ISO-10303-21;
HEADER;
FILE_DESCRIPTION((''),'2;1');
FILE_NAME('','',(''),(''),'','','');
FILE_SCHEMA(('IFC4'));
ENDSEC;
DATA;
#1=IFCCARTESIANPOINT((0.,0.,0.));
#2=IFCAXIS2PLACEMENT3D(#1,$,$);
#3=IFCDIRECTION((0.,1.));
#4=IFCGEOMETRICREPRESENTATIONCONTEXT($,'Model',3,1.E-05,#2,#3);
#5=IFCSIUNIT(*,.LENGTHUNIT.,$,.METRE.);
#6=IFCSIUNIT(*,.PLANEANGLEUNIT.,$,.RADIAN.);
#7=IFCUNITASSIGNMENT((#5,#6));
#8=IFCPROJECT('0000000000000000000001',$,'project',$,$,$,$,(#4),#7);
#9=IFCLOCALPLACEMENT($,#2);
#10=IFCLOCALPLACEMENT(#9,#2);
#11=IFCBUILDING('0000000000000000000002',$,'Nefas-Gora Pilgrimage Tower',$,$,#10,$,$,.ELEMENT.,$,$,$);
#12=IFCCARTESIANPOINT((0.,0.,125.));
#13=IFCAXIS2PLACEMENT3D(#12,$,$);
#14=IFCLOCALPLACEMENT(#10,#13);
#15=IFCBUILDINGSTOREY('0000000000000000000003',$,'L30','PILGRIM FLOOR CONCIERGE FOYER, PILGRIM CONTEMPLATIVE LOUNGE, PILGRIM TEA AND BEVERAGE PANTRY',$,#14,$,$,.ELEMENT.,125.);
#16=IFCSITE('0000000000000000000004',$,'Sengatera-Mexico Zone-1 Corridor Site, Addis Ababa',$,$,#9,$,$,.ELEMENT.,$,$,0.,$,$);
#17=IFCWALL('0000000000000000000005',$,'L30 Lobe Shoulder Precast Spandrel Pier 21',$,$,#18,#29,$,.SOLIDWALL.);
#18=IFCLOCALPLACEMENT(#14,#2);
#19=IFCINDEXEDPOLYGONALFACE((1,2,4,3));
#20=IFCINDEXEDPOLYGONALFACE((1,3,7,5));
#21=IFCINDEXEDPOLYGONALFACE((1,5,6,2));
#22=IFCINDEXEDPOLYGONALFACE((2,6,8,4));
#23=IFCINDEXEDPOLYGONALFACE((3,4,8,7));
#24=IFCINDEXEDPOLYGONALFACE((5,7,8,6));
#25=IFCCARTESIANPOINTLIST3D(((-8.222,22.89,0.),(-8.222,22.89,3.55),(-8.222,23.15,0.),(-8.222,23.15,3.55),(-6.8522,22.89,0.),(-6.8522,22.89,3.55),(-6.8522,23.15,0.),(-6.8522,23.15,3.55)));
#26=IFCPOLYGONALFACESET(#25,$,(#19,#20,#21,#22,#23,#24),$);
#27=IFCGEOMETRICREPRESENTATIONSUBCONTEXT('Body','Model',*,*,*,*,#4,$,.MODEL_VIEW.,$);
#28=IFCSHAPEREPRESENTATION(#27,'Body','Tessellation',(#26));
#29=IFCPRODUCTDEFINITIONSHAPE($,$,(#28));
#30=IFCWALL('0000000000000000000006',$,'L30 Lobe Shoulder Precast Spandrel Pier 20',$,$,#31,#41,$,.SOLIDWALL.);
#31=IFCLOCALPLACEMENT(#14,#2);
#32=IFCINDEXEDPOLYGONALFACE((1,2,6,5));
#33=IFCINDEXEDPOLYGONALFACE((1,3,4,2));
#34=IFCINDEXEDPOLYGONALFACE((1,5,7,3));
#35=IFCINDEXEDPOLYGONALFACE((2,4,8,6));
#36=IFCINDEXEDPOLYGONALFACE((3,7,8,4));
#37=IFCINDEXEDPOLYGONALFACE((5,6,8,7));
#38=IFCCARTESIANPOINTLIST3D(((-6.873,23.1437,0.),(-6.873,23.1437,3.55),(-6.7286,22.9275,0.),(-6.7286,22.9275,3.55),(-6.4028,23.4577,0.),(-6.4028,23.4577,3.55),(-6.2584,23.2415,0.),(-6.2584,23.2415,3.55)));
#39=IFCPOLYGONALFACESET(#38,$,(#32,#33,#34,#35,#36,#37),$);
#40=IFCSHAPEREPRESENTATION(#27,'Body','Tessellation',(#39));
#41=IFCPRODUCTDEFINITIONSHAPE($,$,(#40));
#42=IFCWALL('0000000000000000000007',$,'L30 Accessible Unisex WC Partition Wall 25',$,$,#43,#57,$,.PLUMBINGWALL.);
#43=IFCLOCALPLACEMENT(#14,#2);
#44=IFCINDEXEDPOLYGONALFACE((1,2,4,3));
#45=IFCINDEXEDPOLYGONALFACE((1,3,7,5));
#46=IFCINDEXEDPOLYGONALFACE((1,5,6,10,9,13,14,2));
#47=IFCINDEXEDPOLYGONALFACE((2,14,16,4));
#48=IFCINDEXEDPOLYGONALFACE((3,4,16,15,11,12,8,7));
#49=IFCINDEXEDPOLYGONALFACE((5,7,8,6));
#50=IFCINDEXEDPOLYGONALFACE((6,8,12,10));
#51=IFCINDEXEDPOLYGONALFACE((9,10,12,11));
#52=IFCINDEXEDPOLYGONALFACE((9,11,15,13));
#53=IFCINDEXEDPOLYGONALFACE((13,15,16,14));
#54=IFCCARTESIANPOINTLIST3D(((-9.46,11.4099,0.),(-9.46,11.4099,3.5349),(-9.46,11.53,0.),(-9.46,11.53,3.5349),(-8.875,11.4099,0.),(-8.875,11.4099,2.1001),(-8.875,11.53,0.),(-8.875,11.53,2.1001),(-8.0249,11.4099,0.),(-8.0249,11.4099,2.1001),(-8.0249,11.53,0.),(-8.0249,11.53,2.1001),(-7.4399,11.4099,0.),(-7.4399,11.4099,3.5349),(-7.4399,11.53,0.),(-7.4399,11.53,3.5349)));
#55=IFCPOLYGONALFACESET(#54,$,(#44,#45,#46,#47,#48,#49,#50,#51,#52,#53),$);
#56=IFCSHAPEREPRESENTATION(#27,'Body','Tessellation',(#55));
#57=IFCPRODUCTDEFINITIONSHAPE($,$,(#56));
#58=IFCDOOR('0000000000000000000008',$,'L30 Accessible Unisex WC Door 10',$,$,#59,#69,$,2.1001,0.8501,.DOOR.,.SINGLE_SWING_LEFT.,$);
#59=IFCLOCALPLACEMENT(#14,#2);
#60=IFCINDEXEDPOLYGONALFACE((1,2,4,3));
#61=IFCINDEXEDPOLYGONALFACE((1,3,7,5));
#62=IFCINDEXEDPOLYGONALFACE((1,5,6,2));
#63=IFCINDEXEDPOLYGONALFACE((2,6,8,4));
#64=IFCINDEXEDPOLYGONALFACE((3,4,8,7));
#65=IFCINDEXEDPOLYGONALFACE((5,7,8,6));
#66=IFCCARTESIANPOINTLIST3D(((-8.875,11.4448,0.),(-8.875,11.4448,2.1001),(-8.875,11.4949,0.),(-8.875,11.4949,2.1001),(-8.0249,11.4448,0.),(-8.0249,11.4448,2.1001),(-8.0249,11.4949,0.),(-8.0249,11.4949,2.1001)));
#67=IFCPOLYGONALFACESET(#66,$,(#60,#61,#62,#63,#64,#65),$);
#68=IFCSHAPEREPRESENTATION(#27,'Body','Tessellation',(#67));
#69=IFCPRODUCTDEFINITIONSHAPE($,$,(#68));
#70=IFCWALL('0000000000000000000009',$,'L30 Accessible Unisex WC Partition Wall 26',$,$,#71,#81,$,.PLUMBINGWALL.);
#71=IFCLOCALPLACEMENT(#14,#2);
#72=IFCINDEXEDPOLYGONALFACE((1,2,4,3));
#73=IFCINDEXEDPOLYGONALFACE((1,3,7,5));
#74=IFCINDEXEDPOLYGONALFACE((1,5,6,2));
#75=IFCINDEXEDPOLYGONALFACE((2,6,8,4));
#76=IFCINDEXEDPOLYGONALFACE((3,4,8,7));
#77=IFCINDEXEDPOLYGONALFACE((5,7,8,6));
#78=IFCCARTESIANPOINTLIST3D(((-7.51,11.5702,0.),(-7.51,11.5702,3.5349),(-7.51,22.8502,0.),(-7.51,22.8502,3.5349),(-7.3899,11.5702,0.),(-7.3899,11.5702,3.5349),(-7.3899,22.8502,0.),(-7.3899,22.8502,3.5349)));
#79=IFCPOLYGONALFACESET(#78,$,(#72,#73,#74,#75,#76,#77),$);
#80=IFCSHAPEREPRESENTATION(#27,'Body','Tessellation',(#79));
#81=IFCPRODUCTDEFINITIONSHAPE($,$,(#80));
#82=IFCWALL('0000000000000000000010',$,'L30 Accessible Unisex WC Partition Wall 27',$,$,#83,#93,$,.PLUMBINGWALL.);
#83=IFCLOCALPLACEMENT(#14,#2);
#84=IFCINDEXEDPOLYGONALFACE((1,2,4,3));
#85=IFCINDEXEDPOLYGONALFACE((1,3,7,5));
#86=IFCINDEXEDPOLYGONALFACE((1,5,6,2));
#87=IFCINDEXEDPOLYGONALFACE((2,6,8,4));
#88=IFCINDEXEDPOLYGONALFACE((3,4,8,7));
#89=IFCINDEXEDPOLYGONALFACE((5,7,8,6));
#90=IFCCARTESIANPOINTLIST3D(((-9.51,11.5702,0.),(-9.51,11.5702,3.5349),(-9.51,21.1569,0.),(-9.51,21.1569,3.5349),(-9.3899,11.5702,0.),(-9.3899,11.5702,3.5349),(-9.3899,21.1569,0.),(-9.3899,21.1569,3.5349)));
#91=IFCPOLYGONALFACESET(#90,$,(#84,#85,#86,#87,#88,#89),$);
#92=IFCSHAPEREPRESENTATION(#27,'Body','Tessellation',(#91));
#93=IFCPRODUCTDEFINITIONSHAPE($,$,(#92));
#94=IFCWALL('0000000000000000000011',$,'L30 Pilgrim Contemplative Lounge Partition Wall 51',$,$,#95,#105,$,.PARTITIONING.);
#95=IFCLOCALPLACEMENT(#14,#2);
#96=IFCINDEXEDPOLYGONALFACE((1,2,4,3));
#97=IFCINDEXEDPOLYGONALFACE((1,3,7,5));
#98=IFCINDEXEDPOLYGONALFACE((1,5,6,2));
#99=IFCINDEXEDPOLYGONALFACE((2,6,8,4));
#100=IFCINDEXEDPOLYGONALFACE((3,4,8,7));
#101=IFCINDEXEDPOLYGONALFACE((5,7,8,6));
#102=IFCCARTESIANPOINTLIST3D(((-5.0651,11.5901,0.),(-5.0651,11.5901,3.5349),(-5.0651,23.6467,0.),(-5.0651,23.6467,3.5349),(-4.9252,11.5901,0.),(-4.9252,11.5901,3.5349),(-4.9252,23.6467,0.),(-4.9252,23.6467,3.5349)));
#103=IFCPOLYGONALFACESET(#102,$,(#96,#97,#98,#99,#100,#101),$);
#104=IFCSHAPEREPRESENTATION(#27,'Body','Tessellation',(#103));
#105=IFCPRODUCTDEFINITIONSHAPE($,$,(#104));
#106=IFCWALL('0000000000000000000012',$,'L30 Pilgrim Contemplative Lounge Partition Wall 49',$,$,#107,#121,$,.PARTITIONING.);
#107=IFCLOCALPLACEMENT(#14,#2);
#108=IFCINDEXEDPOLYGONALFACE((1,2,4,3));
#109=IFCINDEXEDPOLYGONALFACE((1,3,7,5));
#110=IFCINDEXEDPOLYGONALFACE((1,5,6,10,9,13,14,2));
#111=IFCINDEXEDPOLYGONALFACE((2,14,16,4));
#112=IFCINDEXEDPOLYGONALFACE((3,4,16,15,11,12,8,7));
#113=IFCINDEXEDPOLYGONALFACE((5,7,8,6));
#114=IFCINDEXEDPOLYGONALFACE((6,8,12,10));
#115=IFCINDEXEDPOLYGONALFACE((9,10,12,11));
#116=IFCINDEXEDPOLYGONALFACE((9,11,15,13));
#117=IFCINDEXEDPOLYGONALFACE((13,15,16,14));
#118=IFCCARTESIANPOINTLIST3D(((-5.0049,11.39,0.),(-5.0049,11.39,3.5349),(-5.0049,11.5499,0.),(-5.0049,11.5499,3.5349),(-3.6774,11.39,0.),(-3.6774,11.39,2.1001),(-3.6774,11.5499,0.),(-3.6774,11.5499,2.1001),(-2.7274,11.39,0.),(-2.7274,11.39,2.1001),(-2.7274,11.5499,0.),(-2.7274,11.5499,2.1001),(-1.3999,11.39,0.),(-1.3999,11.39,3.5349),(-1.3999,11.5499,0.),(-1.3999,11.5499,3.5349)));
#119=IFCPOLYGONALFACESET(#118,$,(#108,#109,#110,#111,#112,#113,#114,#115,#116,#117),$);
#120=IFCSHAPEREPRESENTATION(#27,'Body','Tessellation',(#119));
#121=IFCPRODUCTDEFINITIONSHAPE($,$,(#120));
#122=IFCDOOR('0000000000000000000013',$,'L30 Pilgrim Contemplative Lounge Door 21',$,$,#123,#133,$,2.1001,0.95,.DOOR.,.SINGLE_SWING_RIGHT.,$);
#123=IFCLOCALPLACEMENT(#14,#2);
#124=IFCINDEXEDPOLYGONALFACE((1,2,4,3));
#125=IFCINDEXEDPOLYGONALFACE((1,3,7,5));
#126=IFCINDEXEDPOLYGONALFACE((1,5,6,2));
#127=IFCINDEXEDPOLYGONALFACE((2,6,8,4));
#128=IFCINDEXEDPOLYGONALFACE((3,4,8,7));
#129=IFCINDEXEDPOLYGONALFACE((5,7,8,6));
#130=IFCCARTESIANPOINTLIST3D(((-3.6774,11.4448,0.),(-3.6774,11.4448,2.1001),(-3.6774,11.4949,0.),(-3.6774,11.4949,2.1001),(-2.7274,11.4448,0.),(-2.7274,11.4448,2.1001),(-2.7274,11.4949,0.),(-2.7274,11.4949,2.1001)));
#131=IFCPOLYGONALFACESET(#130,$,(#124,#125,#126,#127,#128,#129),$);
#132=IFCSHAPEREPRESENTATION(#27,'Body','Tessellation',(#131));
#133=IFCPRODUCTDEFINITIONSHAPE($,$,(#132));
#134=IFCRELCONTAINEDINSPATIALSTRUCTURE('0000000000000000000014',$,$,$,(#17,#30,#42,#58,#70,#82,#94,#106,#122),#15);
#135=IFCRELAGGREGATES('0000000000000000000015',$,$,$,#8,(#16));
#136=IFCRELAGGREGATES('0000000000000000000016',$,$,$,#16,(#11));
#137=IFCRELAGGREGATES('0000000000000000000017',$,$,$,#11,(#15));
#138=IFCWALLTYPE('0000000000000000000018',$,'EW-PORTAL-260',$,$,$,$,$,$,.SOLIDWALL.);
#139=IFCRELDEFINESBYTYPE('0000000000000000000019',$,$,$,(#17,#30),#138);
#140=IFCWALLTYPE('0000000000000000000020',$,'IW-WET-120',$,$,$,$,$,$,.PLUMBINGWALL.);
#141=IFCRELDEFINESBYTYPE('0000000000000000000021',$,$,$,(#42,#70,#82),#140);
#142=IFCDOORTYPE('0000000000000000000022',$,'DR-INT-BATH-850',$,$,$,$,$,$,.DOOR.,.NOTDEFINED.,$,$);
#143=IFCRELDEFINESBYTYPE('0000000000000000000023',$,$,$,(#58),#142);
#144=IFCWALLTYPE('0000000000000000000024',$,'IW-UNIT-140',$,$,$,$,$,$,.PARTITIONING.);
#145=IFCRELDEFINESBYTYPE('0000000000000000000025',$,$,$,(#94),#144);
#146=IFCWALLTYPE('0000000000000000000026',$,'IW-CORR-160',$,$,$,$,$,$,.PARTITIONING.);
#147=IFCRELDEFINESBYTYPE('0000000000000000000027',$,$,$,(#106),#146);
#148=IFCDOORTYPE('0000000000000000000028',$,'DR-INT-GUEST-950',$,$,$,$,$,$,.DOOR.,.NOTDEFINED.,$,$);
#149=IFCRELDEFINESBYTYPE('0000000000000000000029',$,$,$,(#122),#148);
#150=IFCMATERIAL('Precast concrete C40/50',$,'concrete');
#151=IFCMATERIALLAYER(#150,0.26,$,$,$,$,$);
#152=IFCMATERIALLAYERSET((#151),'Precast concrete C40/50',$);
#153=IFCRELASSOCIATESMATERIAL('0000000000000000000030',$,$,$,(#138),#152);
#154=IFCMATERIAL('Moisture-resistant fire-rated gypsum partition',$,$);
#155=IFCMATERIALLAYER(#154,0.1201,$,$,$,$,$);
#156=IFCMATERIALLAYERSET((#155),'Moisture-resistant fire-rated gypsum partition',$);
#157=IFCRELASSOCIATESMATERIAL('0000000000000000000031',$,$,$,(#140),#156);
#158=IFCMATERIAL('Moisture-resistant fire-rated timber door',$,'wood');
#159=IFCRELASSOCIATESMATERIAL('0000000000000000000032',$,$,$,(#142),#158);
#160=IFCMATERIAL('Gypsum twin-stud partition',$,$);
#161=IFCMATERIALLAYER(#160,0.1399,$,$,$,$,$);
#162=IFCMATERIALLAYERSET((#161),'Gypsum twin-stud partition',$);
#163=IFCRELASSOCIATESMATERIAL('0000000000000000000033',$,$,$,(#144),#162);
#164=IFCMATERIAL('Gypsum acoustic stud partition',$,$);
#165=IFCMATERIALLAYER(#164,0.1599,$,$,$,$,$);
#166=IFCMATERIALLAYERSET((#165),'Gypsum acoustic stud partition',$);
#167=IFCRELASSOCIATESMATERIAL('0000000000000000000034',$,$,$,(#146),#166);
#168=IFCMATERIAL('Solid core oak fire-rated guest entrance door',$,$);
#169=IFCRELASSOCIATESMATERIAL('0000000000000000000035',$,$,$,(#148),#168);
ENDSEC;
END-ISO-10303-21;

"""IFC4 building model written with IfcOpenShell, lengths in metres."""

from ifc_helpers import new_model, si_unit, direction, frame, frame_2d, origin, place, context, subcontext, project, spatial, rectangle, extrude, source, transform, mapped, material, layer, layer_set, type_object, element, fill, save


model = new_model("IFC4")

# Units and contexts
model_context = context("Model", 3, precision=1e-05, world=origin(), true_north=direction((0.0, 1.0)))
body_context = subcontext(model_context, "Body", "Model", "MODEL_VIEW")
ifc_project = project(units=[si_unit("LENGTHUNIT", "METRE"), si_unit("PLANEANGLEUNIT", "RADIAN")], contexts=[model_context])

# Site, building, storey
site_placement = place(None, origin())
site = spatial("IfcSite", under=ifc_project, at=site_placement, Name="Sengatera-Mexico Zone-1 Corridor Site, Addis Ababa", CompositionType="ELEMENT", RefElevation=0.0)
building_placement = place(site_placement, origin())
building = spatial("IfcBuilding", under=site, at=building_placement, Name="Nefas-Gora Pilgrimage Tower", CompositionType="ELEMENT")
storey_placement = place(building_placement, frame((0.0, 0.0, 125.0)))
storey = spatial("IfcBuildingStorey", under=building, at=storey_placement, Name="L30", Description="PILGRIM FLOOR CONCIERGE FOYER, PILGRIM CONTEMPLATIVE LOUNGE, PILGRIM TEA AND BEVERAGE PANTRY", CompositionType="ELEMENT", Elevation=125.0)

# Walls
ifc_material_1 = material(Name="Precast concrete C40/50", Category="concrete")
ifc_layer_1 = layer(ifc_material_1, 0.26)
ifc_layer_set_1 = layer_set([ifc_layer_1], Name="Precast concrete C40/50")
wall_type_1 = type_object("IfcWallType", Name="EW-PORTAL-260", PredefinedType="SOLIDWALL", material=ifc_layer_set_1)
shared_shape_1 = source(origin(), body_context, "Body", "SweptSolid", [
    extrude(rectangle(XDim=1.3699, YDim=0.26, at=frame_2d((0.6851, 0.0))), origin(), (0.0, 0.0, 1.0), 3.55),
])
wall_1_placement = place(storey_placement, frame((-6.8521, 23.02, 0.0), z_axis=(0.0, 0.0, 1.0), x_axis=(-1.0, 0.0, 0.0)))
element("IfcWall", 1, at=wall_1_placement, inside=storey, type_object=wall_type_1, Name="L30 Lobe Shoulder Precast Spandrel Pier 21", PredefinedType="SOLIDWALL", context=body_context, shape_type="MappedRepresentation", body=[
    mapped(shared_shape_1, transform((0.0, 0.0, 0.0), x_axis=(1.0, 0.0, 0.0), y_axis=(0.0, 1.0, 0.0), z_axis=(0.0, 0.0, 1.0), scale=1.0)),
])
shared_shape_2 = source(origin(), body_context, "Body", "SweptSolid", [
    extrude(rectangle(XDim=0.5654, YDim=0.26, at=frame_2d((0.2827, 0.0))), origin(), (0.0, 0.0, 1.0), 3.55),
])
wall_2_placement = place(storey_placement, frame((-6.3306, 23.3496, 0.0), z_axis=(0.0, 0.0, 1.0), x_axis=(-0.831651, -0.555298, 0.0)))
element("IfcWall", 2, at=wall_2_placement, inside=storey, type_object=wall_type_1, Name="L30 Lobe Shoulder Precast Spandrel Pier 20", PredefinedType="SOLIDWALL", context=body_context, shape_type="MappedRepresentation", body=[
    mapped(shared_shape_2, transform((0.0, 0.0, 0.0), x_axis=(1.0, 0.0, 0.0), y_axis=(0.0, 1.0, 0.0), z_axis=(0.0, 0.0, 1.0), scale=1.0)),
])

# Wall, opening, door
ifc_material_2 = material(Name="Moisture-resistant fire-rated gypsum partition")
ifc_layer_2 = layer(ifc_material_2, 0.1201)
ifc_layer_set_2 = layer_set([ifc_layer_2], Name="Moisture-resistant fire-rated gypsum partition")
wall_type_2 = type_object("IfcWallType", Name="IW-WET-120", PredefinedType="PLUMBINGWALL", material=ifc_layer_set_2)
shared_shape_3 = source(origin(), body_context, "Body", "SweptSolid", [
    extrude(rectangle(XDim=2.02, YDim=0.1201, at=frame_2d((1.01, 0.0))), origin(), (0.0, 0.0, 1.0), 3.5349),
])
wall_3_placement = place(storey_placement, frame((-9.46, 11.47, 0.0), z_axis=(0.0, 0.0, 1.0), x_axis=(1.0, 0.0, 0.0)))
wall_3 = element("IfcWall", 3, at=wall_3_placement, inside=storey, type_object=wall_type_2, Name="L30 Accessible Unisex WC Partition Wall 25", PredefinedType="PLUMBINGWALL", context=body_context, shape_type="MappedRepresentation", body=[
    mapped(shared_shape_3, transform((0.0, 0.0, 0.0), x_axis=(1.0, 0.0, 0.0), y_axis=(0.0, 1.0, 0.0), z_axis=(0.0, 0.0, 1.0), scale=1.0)),
])
opening_1_placement = place(wall_3_placement, frame((0.585, 0.0, 0.0)))
opening_1 = element("IfcOpeningElement", 4, at=opening_1_placement, cuts=wall_3, PredefinedType="OPENING", context=body_context, shape_type="SweptSolid", body=[
    extrude(rectangle(XDim=0.8501, YDim=2.1001, at=frame_2d((0.425, 1.05))), frame((0.0, 0.0701, 0.0), z_axis=(0.0, -1.0, 0.0), x_axis=(1.0, 0.0, 0.0)), (0.0, 0.0, 1.0), 0.1401),
])
ifc_material_3 = material(Name="Moisture-resistant fire-rated timber door", Category="wood")
door_type_1 = type_object("IfcDoorType", Name="DR-INT-BATH-850", OperationType="NOTDEFINED", PredefinedType="DOOR", material=ifc_material_3)
shared_shape_4 = source(origin(), body_context, "Body", "SweptSolid", [
    extrude(rectangle(XDim=0.8501, YDim=2.1001, at=frame_2d((0.425, 1.05))), frame((0.0, 0.0249, 0.0), z_axis=(0.0, -1.0, 0.0), x_axis=(1.0, 0.0, 0.0)), (0.0, 0.0, 1.0), 0.05),
])
door_1_placement = place(opening_1_placement, origin())
door_1 = element("IfcDoor", 5, at=door_1_placement, inside=storey, type_object=door_type_1, Name="L30 Accessible Unisex WC Door 10", OperationType="SINGLE_SWING_LEFT", OverallHeight=2.1001, OverallWidth=0.8501, PredefinedType="DOOR", context=body_context, shape_type="MappedRepresentation", body=[
    mapped(shared_shape_4, transform((0.0, 0.0, 0.0), x_axis=(1.0, 0.0, 0.0), y_axis=(0.0, 1.0, 0.0), z_axis=(0.0, 0.0, 1.0), scale=1.0)),
])
fill(opening_1, door_1)

# Walls
shared_shape_5 = source(origin(), body_context, "Body", "SweptSolid", [
    extrude(rectangle(XDim=11.28, YDim=0.1201, at=frame_2d((5.6401, 0.0))), origin(), (0.0, 0.0, 1.0), 3.5349),
])
wall_4_placement = place(storey_placement, frame((-7.45, 11.5701, 0.0), z_axis=(0.0, 0.0, 1.0), x_axis=(0.0, 1.0, 0.0)))
element("IfcWall", 6, at=wall_4_placement, inside=storey, type_object=wall_type_2, Name="L30 Accessible Unisex WC Partition Wall 26", PredefinedType="PLUMBINGWALL", context=body_context, shape_type="MappedRepresentation", body=[
    mapped(shared_shape_5, transform((0.0, 0.0, 0.0), x_axis=(1.0, 0.0, 0.0), y_axis=(0.0, 1.0, 0.0), z_axis=(0.0, 0.0, 1.0), scale=1.0)),
])
shared_shape_6 = source(origin(), body_context, "Body", "SweptSolid", [
    extrude(rectangle(XDim=9.5867, YDim=0.1201, at=frame_2d((4.7935, 0.0))), origin(), (0.0, 0.0, 1.0), 3.5349),
])
wall_5_placement = place(storey_placement, frame((-9.45, 11.5701, 0.0), z_axis=(0.0, 0.0, 1.0), x_axis=(0.0, 1.0, 0.0)))
element("IfcWall", 7, at=wall_5_placement, inside=storey, type_object=wall_type_2, Name="L30 Accessible Unisex WC Partition Wall 27", PredefinedType="PLUMBINGWALL", context=body_context, shape_type="MappedRepresentation", body=[
    mapped(shared_shape_6, transform((0.0, 0.0, 0.0), x_axis=(1.0, 0.0, 0.0), y_axis=(0.0, 1.0, 0.0), z_axis=(0.0, 0.0, 1.0), scale=1.0)),
])
ifc_material_4 = material(Name="Gypsum twin-stud partition")
ifc_layer_3 = layer(ifc_material_4, 0.1399)
ifc_layer_set_3 = layer_set([ifc_layer_3], Name="Gypsum twin-stud partition")
wall_type_3 = type_object("IfcWallType", Name="IW-UNIT-140", PredefinedType="PARTITIONING", material=ifc_layer_set_3)
shared_shape_7 = source(origin(), body_context, "Body", "SweptSolid", [
    extrude(rectangle(XDim=12.0566, YDim=0.1399, at=frame_2d((6.0283, 0.0))), origin(), (0.0, 0.0, 1.0), 3.5349),
])
wall_6_placement = place(storey_placement, frame((-4.9951, 11.5901, 0.0), z_axis=(0.0, 0.0, 1.0), x_axis=(0.0, 1.0, 0.0)))
element("IfcWall", 8, at=wall_6_placement, inside=storey, type_object=wall_type_3, Name="L30 Pilgrim Contemplative Lounge Partition Wall 51", PredefinedType="PARTITIONING", context=body_context, shape_type="MappedRepresentation", body=[
    mapped(shared_shape_7, transform((0.0, 0.0, 0.0), x_axis=(1.0, 0.0, 0.0), y_axis=(0.0, 1.0, 0.0), z_axis=(0.0, 0.0, 1.0), scale=1.0)),
])

# Wall, opening, door
ifc_material_5 = material(Name="Gypsum acoustic stud partition")
ifc_layer_4 = layer(ifc_material_5, 0.1599)
ifc_layer_set_4 = layer_set([ifc_layer_4], Name="Gypsum acoustic stud partition")
wall_type_4 = type_object("IfcWallType", Name="IW-CORR-160", PredefinedType="PARTITIONING", material=ifc_layer_set_4)
shared_shape_8 = source(origin(), body_context, "Body", "SweptSolid", [
    extrude(rectangle(XDim=3.605, YDim=0.1599, at=frame_2d((1.8025, 0.0))), origin(), (0.0, 0.0, 1.0), 3.5349),
])
wall_7_placement = place(storey_placement, frame((-5.0049, 11.47, 0.0), z_axis=(0.0, 0.0, 1.0), x_axis=(1.0, 0.0, 0.0)))
wall_7 = element("IfcWall", 9, at=wall_7_placement, inside=storey, type_object=wall_type_4, Name="L30 Pilgrim Contemplative Lounge Partition Wall 49", PredefinedType="PARTITIONING", context=body_context, shape_type="MappedRepresentation", body=[
    mapped(shared_shape_8, transform((0.0, 0.0, 0.0), x_axis=(1.0, 0.0, 0.0), y_axis=(0.0, 1.0, 0.0), z_axis=(0.0, 0.0, 1.0), scale=1.0)),
])
opening_2_placement = place(wall_7_placement, frame((1.3274, 0.0, 0.0)))
opening_2 = element("IfcOpeningElement", 10, at=opening_2_placement, cuts=wall_7, PredefinedType="OPENING", context=body_context, shape_type="SweptSolid", body=[
    extrude(rectangle(XDim=0.95, YDim=2.1001, at=frame_2d((0.4751, 1.05))), frame((0.0, 0.0898, 0.0), z_axis=(0.0, -1.0, 0.0), x_axis=(1.0, 0.0, 0.0)), (0.0, 0.0, 1.0), 0.1799),
])
ifc_material_6 = material(Name="Solid core oak fire-rated guest entrance door")
door_type_2 = type_object("IfcDoorType", Name="DR-INT-GUEST-950", OperationType="NOTDEFINED", PredefinedType="DOOR", material=ifc_material_6)
shared_shape_9 = source(origin(), body_context, "Body", "SweptSolid", [
    extrude(rectangle(XDim=0.95, YDim=2.1001, at=frame_2d((0.4751, 1.05))), frame((0.0, 0.0249, 0.0), z_axis=(0.0, -1.0, 0.0), x_axis=(1.0, 0.0, 0.0)), (0.0, 0.0, 1.0), 0.05),
])
door_2_placement = place(opening_2_placement, origin())
door_2 = element("IfcDoor", 11, at=door_2_placement, inside=storey, type_object=door_type_2, Name="L30 Pilgrim Contemplative Lounge Door 21", OperationType="SINGLE_SWING_RIGHT", OverallHeight=2.1001, OverallWidth=0.95, PredefinedType="DOOR", context=body_context, shape_type="MappedRepresentation", body=[
    mapped(shared_shape_9, transform((0.0, 0.0, 0.0), x_axis=(1.0, 0.0, 0.0), y_axis=(0.0, 1.0, 0.0), z_axis=(0.0, 0.0, 1.0), scale=1.0)),
])
fill(opening_2, door_2)

save(model, "model.ifc")
